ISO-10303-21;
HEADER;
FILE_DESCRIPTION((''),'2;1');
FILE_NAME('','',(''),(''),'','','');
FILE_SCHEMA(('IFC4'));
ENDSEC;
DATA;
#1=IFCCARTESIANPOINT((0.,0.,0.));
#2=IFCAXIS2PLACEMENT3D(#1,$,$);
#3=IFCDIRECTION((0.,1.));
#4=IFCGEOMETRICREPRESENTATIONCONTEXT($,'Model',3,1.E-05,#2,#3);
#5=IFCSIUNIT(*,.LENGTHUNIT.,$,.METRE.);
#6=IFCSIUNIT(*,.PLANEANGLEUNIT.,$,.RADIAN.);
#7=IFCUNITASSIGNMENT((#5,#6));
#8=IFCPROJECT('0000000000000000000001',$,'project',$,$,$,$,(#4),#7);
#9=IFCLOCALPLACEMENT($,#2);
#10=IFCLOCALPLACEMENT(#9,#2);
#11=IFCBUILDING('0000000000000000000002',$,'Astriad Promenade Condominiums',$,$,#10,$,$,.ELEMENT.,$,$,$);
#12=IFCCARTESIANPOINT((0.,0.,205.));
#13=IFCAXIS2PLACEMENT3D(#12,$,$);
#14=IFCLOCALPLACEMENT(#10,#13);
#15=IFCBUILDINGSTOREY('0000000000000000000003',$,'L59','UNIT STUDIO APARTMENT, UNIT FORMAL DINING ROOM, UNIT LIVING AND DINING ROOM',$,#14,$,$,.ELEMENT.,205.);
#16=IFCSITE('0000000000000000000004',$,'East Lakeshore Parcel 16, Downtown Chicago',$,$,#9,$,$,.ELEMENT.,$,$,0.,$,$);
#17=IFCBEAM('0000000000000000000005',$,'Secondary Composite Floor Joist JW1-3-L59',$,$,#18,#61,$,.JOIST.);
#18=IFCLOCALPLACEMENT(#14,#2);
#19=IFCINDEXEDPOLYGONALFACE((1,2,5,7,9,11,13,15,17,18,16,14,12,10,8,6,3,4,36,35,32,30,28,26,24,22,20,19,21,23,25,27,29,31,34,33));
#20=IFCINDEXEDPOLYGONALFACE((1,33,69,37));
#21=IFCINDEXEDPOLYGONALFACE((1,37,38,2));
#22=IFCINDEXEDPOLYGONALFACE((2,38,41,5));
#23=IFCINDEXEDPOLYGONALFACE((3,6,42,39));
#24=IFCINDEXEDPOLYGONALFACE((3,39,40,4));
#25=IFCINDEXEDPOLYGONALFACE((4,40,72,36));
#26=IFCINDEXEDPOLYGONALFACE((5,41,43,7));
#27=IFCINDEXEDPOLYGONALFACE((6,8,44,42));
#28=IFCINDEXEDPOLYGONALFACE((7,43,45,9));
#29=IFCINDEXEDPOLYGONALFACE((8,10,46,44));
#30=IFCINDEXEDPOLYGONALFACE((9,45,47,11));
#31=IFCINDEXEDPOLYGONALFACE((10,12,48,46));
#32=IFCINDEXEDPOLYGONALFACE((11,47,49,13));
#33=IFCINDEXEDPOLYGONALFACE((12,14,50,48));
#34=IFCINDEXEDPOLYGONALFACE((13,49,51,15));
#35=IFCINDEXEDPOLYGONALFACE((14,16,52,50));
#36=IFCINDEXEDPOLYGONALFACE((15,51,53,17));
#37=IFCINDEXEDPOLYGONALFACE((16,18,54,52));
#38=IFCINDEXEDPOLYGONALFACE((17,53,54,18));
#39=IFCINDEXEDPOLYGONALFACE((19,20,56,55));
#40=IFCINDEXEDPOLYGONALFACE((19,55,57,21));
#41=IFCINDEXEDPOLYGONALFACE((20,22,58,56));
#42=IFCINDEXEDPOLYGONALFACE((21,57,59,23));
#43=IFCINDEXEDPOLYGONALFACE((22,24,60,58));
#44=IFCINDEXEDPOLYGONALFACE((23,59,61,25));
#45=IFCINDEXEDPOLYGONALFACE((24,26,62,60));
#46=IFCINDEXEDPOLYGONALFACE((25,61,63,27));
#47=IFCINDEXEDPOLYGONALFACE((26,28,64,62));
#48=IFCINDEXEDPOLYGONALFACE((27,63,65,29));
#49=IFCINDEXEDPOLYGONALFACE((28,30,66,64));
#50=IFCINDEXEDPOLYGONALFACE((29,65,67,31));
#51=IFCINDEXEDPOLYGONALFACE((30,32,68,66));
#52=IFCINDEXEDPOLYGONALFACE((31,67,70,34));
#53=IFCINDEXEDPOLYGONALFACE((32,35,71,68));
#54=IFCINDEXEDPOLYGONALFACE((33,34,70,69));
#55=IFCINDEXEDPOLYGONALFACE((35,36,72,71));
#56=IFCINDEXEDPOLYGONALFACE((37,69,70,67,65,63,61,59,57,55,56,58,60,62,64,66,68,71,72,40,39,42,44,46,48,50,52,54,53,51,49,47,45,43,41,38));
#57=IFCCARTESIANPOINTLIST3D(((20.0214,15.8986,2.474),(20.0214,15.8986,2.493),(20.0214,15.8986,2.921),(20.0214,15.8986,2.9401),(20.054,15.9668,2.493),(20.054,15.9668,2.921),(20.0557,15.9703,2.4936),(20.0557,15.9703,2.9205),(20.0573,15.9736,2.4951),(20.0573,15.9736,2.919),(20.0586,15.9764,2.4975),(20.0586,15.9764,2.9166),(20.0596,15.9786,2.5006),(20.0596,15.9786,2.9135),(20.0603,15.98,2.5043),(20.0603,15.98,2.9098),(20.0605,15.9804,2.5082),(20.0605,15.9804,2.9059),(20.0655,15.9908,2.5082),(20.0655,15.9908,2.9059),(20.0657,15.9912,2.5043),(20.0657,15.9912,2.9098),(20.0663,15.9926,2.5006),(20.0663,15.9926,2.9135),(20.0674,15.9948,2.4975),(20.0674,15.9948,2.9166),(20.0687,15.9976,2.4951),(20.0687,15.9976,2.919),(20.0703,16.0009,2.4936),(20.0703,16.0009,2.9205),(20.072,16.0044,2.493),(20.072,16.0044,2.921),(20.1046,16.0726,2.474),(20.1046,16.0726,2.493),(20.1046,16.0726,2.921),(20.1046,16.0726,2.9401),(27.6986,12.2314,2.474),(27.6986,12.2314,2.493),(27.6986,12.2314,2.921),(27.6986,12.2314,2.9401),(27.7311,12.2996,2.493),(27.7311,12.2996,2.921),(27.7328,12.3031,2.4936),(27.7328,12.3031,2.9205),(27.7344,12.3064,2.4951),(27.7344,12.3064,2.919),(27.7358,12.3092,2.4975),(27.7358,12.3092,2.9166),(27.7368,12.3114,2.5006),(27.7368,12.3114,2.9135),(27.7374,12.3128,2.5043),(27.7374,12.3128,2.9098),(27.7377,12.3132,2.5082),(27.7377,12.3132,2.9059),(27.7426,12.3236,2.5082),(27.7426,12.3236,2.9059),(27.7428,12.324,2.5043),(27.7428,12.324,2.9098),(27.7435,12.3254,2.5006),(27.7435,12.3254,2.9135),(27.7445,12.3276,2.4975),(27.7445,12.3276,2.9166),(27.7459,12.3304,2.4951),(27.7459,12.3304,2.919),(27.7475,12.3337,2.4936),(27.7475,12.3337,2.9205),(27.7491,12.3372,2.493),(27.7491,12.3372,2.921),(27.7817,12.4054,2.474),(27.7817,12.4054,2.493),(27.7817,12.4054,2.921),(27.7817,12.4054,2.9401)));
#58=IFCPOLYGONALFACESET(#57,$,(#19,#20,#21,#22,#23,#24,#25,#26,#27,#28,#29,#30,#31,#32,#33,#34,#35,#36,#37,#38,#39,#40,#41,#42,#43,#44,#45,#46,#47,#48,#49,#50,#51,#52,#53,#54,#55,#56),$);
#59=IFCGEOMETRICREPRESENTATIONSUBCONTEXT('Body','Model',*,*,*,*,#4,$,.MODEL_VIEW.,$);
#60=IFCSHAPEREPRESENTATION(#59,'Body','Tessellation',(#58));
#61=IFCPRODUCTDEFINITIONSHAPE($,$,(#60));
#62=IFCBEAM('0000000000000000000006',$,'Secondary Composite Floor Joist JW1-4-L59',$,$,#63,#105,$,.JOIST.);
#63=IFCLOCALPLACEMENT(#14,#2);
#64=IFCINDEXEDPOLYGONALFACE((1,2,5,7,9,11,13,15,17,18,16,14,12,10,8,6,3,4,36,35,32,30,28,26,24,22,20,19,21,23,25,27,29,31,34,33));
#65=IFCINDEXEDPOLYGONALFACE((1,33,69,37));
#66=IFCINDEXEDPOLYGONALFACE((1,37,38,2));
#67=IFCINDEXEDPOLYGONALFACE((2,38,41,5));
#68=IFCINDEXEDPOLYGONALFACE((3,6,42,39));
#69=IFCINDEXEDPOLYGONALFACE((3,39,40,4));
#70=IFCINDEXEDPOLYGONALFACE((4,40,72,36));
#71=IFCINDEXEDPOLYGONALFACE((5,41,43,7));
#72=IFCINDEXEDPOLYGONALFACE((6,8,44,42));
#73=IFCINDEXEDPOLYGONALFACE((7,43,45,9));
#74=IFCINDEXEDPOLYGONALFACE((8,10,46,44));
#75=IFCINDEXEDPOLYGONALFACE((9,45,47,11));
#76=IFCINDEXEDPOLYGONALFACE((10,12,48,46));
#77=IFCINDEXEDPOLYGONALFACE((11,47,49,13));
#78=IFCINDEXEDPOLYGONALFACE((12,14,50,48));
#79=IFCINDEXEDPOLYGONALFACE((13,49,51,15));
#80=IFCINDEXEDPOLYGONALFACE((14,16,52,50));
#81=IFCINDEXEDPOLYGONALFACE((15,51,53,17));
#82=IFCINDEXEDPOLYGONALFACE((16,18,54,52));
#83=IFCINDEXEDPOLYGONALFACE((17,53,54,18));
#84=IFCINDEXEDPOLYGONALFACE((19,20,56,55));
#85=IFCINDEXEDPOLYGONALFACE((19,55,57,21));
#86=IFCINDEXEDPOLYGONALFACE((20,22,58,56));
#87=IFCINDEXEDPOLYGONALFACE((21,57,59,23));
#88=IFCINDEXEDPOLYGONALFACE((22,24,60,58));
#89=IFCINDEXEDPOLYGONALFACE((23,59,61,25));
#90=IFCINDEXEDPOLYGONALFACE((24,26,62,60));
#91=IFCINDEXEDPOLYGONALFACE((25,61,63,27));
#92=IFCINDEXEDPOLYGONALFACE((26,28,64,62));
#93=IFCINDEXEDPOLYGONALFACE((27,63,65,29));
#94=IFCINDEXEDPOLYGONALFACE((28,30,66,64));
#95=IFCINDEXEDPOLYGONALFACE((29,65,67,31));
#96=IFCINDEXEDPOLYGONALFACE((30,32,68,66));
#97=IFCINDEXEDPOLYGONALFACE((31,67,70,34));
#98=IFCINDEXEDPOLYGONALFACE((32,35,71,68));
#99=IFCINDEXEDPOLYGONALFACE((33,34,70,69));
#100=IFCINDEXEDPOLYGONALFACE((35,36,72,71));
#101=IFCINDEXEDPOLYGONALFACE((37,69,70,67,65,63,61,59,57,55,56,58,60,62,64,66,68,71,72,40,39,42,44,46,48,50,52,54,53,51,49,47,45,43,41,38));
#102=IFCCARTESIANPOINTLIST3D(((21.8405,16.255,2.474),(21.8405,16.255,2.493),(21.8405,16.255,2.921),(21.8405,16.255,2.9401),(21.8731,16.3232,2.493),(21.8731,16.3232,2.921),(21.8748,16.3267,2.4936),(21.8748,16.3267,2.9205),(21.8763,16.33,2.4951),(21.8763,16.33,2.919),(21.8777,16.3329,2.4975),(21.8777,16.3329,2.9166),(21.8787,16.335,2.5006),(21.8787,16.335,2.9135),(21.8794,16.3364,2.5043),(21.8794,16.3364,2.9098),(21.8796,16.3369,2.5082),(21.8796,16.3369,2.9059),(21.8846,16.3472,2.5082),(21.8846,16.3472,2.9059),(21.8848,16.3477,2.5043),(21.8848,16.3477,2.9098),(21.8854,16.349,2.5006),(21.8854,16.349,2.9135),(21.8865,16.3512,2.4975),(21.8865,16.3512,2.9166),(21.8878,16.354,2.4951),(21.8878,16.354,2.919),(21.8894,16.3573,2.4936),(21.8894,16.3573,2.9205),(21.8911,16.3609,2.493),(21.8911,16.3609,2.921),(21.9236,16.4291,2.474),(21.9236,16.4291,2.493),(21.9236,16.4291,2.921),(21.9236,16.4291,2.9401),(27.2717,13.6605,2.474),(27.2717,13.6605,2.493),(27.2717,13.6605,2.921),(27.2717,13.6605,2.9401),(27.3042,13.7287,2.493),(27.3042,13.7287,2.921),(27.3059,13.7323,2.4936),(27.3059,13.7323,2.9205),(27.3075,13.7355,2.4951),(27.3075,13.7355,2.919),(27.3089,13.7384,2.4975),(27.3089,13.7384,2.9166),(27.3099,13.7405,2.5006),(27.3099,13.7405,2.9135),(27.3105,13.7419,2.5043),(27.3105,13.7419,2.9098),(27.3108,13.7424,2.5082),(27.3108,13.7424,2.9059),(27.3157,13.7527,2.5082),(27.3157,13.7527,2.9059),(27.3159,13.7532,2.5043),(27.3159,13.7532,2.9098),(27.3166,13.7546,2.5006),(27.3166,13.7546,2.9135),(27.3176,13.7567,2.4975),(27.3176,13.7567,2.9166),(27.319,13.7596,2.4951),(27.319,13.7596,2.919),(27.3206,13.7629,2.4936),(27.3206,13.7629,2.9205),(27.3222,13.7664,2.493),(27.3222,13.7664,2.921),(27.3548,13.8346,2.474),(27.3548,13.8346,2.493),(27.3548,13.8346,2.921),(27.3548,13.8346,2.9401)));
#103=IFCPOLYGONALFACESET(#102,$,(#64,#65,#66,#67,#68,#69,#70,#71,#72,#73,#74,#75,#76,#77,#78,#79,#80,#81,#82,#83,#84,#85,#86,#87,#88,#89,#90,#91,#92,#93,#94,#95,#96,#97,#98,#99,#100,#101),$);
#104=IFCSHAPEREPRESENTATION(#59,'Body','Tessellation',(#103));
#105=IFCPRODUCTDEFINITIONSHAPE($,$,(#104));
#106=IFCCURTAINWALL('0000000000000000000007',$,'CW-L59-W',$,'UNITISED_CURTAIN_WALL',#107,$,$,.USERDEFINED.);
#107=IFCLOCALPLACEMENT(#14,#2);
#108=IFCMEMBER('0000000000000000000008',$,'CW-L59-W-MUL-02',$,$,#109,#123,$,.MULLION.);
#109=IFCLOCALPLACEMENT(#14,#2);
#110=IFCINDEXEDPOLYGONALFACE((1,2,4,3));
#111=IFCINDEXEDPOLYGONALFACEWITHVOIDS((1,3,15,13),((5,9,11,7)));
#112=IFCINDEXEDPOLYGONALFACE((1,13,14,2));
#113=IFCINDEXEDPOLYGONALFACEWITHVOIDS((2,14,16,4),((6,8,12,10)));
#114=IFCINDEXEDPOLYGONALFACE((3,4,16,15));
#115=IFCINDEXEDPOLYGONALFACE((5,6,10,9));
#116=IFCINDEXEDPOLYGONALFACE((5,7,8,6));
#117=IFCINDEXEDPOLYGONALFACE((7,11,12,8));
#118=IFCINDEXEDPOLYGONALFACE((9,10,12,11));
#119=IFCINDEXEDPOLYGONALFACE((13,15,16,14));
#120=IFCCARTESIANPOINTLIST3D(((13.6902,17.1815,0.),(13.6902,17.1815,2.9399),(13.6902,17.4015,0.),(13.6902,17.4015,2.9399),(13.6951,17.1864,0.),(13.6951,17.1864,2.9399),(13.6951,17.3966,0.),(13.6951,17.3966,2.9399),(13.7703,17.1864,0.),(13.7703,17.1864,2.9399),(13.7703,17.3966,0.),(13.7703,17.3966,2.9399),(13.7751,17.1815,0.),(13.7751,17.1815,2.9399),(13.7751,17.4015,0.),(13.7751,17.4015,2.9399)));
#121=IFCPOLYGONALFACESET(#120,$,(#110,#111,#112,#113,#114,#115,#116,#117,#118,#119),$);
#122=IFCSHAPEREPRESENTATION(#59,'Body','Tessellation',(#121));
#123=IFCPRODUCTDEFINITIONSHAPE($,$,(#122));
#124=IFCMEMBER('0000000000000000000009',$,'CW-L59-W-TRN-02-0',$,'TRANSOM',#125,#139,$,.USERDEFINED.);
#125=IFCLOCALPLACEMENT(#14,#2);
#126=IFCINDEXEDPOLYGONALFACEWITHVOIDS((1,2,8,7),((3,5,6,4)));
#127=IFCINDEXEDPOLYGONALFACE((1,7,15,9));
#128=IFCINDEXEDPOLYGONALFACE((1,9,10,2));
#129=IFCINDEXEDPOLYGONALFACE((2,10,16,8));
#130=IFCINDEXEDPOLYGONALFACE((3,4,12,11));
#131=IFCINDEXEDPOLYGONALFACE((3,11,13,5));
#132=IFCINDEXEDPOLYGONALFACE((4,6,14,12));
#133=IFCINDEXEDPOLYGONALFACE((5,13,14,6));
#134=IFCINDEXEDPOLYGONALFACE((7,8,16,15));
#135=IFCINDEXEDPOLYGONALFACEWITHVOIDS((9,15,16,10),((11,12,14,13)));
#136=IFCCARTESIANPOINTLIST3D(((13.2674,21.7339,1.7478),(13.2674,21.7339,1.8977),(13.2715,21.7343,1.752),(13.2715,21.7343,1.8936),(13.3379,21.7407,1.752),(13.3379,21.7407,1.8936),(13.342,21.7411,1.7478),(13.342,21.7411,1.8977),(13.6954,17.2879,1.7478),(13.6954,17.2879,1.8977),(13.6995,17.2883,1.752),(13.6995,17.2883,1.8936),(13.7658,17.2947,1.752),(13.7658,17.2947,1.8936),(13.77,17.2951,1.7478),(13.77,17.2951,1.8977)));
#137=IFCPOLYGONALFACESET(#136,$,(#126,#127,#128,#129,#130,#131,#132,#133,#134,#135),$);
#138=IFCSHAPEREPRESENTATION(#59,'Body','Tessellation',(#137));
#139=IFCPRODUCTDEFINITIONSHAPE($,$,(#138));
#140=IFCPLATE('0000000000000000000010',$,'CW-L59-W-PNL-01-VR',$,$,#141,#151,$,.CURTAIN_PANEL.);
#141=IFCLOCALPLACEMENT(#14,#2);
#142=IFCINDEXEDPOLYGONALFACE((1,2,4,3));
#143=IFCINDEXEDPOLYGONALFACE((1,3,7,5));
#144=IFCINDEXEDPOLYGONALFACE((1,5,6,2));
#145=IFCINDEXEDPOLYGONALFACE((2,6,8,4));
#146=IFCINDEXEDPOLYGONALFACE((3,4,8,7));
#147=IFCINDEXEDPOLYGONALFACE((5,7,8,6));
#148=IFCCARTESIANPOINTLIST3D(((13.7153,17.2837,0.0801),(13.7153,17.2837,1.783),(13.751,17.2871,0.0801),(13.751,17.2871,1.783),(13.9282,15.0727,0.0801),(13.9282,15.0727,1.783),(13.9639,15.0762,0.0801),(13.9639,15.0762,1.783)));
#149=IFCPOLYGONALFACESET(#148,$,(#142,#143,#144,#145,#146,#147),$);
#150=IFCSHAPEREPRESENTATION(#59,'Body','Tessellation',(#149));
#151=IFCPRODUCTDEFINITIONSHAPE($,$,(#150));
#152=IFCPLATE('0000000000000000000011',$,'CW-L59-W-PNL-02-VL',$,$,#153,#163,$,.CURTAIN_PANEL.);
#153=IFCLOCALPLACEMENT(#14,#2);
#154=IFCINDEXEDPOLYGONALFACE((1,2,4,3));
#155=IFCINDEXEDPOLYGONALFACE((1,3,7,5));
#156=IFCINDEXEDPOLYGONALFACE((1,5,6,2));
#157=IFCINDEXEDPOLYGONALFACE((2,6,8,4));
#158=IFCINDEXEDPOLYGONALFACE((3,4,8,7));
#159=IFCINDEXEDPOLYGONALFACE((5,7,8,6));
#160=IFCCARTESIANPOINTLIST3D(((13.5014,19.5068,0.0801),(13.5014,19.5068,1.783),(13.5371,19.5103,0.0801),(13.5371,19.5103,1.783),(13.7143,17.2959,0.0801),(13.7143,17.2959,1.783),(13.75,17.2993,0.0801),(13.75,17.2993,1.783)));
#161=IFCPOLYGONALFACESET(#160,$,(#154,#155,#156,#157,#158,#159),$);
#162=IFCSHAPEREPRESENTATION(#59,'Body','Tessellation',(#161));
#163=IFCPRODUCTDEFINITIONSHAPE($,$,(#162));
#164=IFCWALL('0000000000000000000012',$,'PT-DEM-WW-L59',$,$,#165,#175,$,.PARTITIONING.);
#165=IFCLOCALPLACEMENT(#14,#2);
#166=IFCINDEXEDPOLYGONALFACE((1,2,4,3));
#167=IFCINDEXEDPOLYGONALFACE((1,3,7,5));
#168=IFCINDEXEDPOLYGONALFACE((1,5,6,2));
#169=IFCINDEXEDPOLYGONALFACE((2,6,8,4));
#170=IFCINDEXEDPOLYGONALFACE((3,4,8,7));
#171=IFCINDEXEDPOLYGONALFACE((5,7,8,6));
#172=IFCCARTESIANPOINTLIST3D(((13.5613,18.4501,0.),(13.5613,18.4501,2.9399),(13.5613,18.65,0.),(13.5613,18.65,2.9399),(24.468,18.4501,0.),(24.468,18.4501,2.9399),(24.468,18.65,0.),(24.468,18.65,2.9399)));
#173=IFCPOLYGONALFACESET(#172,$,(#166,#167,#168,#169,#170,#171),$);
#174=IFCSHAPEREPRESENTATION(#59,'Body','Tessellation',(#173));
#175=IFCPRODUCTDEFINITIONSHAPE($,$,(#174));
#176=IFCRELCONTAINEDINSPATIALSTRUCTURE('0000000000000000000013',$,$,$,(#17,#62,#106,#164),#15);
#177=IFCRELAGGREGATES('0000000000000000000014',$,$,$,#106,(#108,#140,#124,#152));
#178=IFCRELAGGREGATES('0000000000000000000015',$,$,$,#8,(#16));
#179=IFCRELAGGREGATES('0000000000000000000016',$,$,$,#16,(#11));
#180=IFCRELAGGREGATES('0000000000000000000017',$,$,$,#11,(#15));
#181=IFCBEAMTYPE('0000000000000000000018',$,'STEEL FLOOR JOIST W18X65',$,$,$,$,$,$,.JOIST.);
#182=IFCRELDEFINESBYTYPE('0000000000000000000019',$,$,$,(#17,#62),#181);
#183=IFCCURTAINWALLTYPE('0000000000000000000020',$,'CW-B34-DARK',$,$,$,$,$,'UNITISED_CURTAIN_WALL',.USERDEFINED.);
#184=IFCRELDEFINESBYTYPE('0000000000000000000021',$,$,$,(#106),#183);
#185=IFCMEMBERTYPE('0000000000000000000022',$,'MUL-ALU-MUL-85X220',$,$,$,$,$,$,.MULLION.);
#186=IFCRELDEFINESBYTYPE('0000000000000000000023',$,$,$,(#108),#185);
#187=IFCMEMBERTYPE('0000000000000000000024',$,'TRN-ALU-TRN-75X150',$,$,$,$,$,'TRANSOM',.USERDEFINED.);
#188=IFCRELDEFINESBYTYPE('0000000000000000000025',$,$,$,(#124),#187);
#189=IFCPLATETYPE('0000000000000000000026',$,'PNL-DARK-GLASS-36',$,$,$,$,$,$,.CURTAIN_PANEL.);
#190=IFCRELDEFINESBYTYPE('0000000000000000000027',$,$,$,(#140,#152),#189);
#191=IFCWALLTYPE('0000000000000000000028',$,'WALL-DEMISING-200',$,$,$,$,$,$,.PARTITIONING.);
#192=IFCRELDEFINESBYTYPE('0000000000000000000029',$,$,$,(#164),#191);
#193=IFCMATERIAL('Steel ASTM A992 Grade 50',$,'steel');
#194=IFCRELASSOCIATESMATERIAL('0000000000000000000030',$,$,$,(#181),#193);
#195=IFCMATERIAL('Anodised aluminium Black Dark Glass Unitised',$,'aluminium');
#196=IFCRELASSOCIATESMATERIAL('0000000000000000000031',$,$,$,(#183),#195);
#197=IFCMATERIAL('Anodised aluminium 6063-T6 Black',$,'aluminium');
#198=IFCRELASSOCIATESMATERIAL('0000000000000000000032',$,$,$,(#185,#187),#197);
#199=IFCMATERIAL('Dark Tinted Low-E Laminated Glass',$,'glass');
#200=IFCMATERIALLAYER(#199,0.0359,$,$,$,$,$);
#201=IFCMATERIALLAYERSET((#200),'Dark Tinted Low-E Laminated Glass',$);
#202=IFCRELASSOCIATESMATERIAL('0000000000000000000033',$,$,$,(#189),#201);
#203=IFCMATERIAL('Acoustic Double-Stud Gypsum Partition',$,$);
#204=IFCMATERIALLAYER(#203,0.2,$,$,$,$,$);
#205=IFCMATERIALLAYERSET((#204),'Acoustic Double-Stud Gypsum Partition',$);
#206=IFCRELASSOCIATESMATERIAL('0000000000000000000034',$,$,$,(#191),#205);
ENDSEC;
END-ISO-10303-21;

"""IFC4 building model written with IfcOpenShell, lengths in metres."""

from ifc_helpers import new_model, si_unit, direction, frame, frame_2d, origin, origin_2d, place, context, subcontext, project, spatial, rectangle, hollow_rectangle, i_section, extrude, source, transform, mapped, material, layer, layer_set, material_profile, profile_set, type_object, type_shapes, element, aggregate, save


model = new_model("IFC4")

# Units and contexts
model_context = context("Model", 3, precision=1e-05, world=origin(), true_north=direction((0.0, 1.0)))
body_context = subcontext(model_context, "Body", "Model", "MODEL_VIEW")
ifc_project = project(units=[si_unit("LENGTHUNIT", "METRE"), si_unit("PLANEANGLEUNIT", "RADIAN")], contexts=[model_context])

# Site, building, storey
site_placement = place(None, origin())
site = spatial("IfcSite", under=ifc_project, at=site_placement, Name="East Lakeshore Parcel 16, Downtown Chicago", CompositionType="ELEMENT", RefElevation=0.0)
building_placement = place(site_placement, origin())
building = spatial("IfcBuilding", under=site, at=building_placement, Name="Astriad Promenade Condominiums", CompositionType="ELEMENT")
storey_placement = place(building_placement, frame((0.0, 0.0, 205.0)))
storey = spatial("IfcBuildingStorey", under=building, at=storey_placement, Name="L59", Description="UNIT STUDIO APARTMENT, UNIT FORMAL DINING ROOM, UNIT LIVING AND DINING ROOM", CompositionType="ELEMENT", Elevation=205.0)

# Beams
ifc_material_1 = material(Name="Steel ASTM A992 Grade 50", Category="steel")
ifc_material_profile_1 = material_profile(ifc_material_1, i_section(OverallWidth=0.1929, OverallDepth=0.4661, WebThickness=0.0115, FlangeThickness=0.019, FilletRadius=0.0151, at=origin_2d()), Name="W18X65")
ifc_profile_set_1 = profile_set([ifc_material_profile_1], Name="Steel ASTM A992 Grade 50")
beam_type_1 = type_object("IfcBeamType", Name="STEEL FLOOR JOIST W18X65", PredefinedType="JOIST", material=ifc_profile_set_1)
shared_shape_1 = source(origin(), body_context, "Body", "SweptSolid", [
    extrude(i_section(OverallWidth=0.1929, OverallDepth=0.4661, WebThickness=0.0115, FlangeThickness=0.019, FilletRadius=0.0151, at=origin_2d()), origin(), (0.0, 0.0, 1.0), 8.5081),
])
beam_1_placement = place(storey_placement, frame((20.063, 15.9856, 2.707), z_axis=(0.90234, -0.431026, 0.0), x_axis=(0.431026, 0.90234, 0.0)))
element("IfcBeam", 1, at=beam_1_placement, inside=storey, type_object=beam_type_1, Name="Secondary Composite Floor Joist JW1-3-L59", PredefinedType="JOIST", context=body_context, shape_type="MappedRepresentation", body=[
    mapped(shared_shape_1, transform((0.0, 0.0, 0.0), scale=1.0)),
])
shared_shape_2 = source(origin(), body_context, "Body", "SweptSolid", [
    extrude(i_section(OverallWidth=0.1929, OverallDepth=0.4661, WebThickness=0.0115, FlangeThickness=0.019, FilletRadius=0.0151, at=origin_2d()), origin(), (0.0, 0.0, 1.0), 6.019),
])
beam_2_placement = place(storey_placement, frame((21.8821, 16.342, 2.707), z_axis=(0.90233, -0.431046, 0.0), x_axis=(0.431046, 0.90233, 0.0)))
element("IfcBeam", 2, at=beam_2_placement, inside=storey, type_object=beam_type_1, Name="Secondary Composite Floor Joist JW1-4-L59", PredefinedType="JOIST", context=body_context, shape_type="MappedRepresentation", body=[
    mapped(shared_shape_2, transform((0.0, 0.0, 0.0), scale=1.0)),
])

# Curtain wall, members, plates
ifc_material_2 = material(Name="Anodised aluminium Black Dark Glass Unitised", Category="aluminium")
curtain_wall_type = type_object("IfcCurtainWallType", Name="CW-B34-DARK", ElementType="UNITISED_CURTAIN_WALL", PredefinedType="USERDEFINED", material=ifc_material_2)
curtain_wall_placement = place(storey_placement, origin())
curtain_wall = element("IfcCurtainWall", 3, at=curtain_wall_placement, inside=storey, type_object=curtain_wall_type, Name="CW-L59-W", ObjectType="UNITISED_CURTAIN_WALL", PredefinedType="USERDEFINED")
ifc_material_3 = material(Name="Anodised aluminium 6063-T6 Black", Category="aluminium")
ifc_material_profile_2 = material_profile(ifc_material_3, hollow_rectangle(XDim=0.085, YDim=0.22, WallThickness=0.0049, at=origin_2d()), Name="ALU-MUL-85X220")
ifc_profile_set_2 = profile_set([ifc_material_profile_2], Name="Anodised aluminium 6063-T6 Black")
member_type_1 = type_object("IfcMemberType", Name="MUL-ALU-MUL-85X220", PredefinedType="MULLION", material=ifc_profile_set_2)
shared_shape_3 = source(origin(), body_context, "Body", "SweptSolid", [
    extrude(hollow_rectangle(XDim=0.085, YDim=0.22, WallThickness=0.0049, at=origin_2d()), origin(), (0.0, 0.0, 1.0), 2.9399),
])
type_shapes(member_type_1, [shared_shape_3])
member_1_placement = place(storey_placement, frame((13.7327, 17.2915, 0.0), z_axis=(0.0, 0.0, 1.0), x_axis=(1.0, 0.0, 0.0)))
member_1 = element("IfcMember", 4, at=member_1_placement, type_object=member_type_1, Name="CW-L59-W-MUL-02", PredefinedType="MULLION", context=body_context, shape_type="MappedRepresentation", body=[
    mapped(shared_shape_3, transform((0.0, 0.0, 0.0), scale=1.0)),
])
ifc_material_profile_3 = material_profile(ifc_material_3, hollow_rectangle(XDim=0.075, YDim=0.1499, WallThickness=0.0042, at=origin_2d()), Name="ALU-TRN-75X150")
ifc_profile_set_3 = profile_set([ifc_material_profile_3], Name="Anodised aluminium 6063-T6 Black")
member_type_2 = type_object("IfcMemberType", Name="TRN-ALU-TRN-75X150", ElementType="TRANSOM", PredefinedType="USERDEFINED", material=ifc_profile_set_3)
shared_shape_4 = source(origin(), body_context, "Body", "SweptSolid", [
    extrude(hollow_rectangle(XDim=0.075, YDim=0.1499, WallThickness=0.0042, at=origin_2d()), origin(), (0.0, 0.0, 1.0), 4.4666),
])
type_shapes(member_type_2, [shared_shape_4])
member_2_placement = place(storey_placement, frame((13.7327, 17.2915, 1.8228), z_axis=(-0.095818, 0.995399, 0.0), x_axis=(-0.995399, -0.095818, 0.0)))
member_2 = element("IfcMember", 5, at=member_2_placement, type_object=member_type_2, Name="CW-L59-W-TRN-02-0", ObjectType="TRANSOM", PredefinedType="USERDEFINED", context=body_context, shape_type="MappedRepresentation", body=[
    mapped(shared_shape_4, transform((0.0, 0.0, 0.0), scale=1.0)),
])
ifc_material_4 = material(Name="Dark Tinted Low-E Laminated Glass", Category="glass")
ifc_layer_1 = layer(ifc_material_4, 0.0359)
ifc_layer_set_1 = layer_set([ifc_layer_1], Name="Dark Tinted Low-E Laminated Glass")
plate_type = type_object("IfcPlateType", Name="PNL-DARK-GLASS-36", PredefinedType="CURTAIN_PANEL", material=ifc_layer_set_1)
shared_shape_5 = source(origin(), body_context, "Body", "SweptSolid", [
    extrude(rectangle(XDim=2.2212, YDim=0.0359, at=origin_2d()), origin(), (0.0, 0.0, 1.0), 1.7029),
])
type_shapes(plate_type, [shared_shape_5])
plate_1_placement = place(storey_placement, frame((13.8396, 16.1799, 0.0801), z_axis=(0.0, 0.0, 1.0), x_axis=(-0.095846, 0.995396, 0.0)))
plate_1 = element("IfcPlate", 6, at=plate_1_placement, type_object=plate_type, Name="CW-L59-W-PNL-01-VR", PredefinedType="CURTAIN_PANEL", context=body_context, shape_type="MappedRepresentation", body=[
    mapped(shared_shape_5, transform((0.0, 0.0, 0.0), scale=1.0)),
])
plate_2_placement = place(storey_placement, frame((13.6257, 18.4031, 0.0801), z_axis=(0.0, 0.0, 1.0), x_axis=(-0.095846, 0.995396, 0.0)))
plate_2 = element("IfcPlate", 7, at=plate_2_placement, type_object=plate_type, Name="CW-L59-W-PNL-02-VL", PredefinedType="CURTAIN_PANEL", context=body_context, shape_type="MappedRepresentation", body=[
    mapped(shared_shape_5, transform((0.0, 0.0, 0.0), scale=1.0)),
])
aggregate(curtain_wall, [member_1, plate_1, member_2, plate_2])

# Wall
ifc_material_5 = material(Name="Acoustic Double-Stud Gypsum Partition")
ifc_layer_2 = layer(ifc_material_5, 0.2)
ifc_layer_set_2 = layer_set([ifc_layer_2], Name="Acoustic Double-Stud Gypsum Partition")
wall_type_1 = type_object("IfcWallType", Name="WALL-DEMISING-200", PredefinedType="PARTITIONING", material=ifc_layer_set_2)
wall_1_placement = place(storey_placement, frame((13.5613, 18.55, 0.0), z_axis=(0.0, 0.0, 1.0), x_axis=(1.0, 0.0, 0.0)))
element("IfcWall", 8, at=wall_1_placement, inside=storey, type_object=wall_type_1, Name="PT-DEM-WW-L59", PredefinedType="PARTITIONING", context=body_context, shape_type="SweptSolid", body=[
    extrude(rectangle(XDim=10.9067, YDim=0.2, at=frame_2d((5.4534, 0.0))), origin(), (0.0, 0.0, 1.0), 2.9399),
])

save(model, "model.ifc")
